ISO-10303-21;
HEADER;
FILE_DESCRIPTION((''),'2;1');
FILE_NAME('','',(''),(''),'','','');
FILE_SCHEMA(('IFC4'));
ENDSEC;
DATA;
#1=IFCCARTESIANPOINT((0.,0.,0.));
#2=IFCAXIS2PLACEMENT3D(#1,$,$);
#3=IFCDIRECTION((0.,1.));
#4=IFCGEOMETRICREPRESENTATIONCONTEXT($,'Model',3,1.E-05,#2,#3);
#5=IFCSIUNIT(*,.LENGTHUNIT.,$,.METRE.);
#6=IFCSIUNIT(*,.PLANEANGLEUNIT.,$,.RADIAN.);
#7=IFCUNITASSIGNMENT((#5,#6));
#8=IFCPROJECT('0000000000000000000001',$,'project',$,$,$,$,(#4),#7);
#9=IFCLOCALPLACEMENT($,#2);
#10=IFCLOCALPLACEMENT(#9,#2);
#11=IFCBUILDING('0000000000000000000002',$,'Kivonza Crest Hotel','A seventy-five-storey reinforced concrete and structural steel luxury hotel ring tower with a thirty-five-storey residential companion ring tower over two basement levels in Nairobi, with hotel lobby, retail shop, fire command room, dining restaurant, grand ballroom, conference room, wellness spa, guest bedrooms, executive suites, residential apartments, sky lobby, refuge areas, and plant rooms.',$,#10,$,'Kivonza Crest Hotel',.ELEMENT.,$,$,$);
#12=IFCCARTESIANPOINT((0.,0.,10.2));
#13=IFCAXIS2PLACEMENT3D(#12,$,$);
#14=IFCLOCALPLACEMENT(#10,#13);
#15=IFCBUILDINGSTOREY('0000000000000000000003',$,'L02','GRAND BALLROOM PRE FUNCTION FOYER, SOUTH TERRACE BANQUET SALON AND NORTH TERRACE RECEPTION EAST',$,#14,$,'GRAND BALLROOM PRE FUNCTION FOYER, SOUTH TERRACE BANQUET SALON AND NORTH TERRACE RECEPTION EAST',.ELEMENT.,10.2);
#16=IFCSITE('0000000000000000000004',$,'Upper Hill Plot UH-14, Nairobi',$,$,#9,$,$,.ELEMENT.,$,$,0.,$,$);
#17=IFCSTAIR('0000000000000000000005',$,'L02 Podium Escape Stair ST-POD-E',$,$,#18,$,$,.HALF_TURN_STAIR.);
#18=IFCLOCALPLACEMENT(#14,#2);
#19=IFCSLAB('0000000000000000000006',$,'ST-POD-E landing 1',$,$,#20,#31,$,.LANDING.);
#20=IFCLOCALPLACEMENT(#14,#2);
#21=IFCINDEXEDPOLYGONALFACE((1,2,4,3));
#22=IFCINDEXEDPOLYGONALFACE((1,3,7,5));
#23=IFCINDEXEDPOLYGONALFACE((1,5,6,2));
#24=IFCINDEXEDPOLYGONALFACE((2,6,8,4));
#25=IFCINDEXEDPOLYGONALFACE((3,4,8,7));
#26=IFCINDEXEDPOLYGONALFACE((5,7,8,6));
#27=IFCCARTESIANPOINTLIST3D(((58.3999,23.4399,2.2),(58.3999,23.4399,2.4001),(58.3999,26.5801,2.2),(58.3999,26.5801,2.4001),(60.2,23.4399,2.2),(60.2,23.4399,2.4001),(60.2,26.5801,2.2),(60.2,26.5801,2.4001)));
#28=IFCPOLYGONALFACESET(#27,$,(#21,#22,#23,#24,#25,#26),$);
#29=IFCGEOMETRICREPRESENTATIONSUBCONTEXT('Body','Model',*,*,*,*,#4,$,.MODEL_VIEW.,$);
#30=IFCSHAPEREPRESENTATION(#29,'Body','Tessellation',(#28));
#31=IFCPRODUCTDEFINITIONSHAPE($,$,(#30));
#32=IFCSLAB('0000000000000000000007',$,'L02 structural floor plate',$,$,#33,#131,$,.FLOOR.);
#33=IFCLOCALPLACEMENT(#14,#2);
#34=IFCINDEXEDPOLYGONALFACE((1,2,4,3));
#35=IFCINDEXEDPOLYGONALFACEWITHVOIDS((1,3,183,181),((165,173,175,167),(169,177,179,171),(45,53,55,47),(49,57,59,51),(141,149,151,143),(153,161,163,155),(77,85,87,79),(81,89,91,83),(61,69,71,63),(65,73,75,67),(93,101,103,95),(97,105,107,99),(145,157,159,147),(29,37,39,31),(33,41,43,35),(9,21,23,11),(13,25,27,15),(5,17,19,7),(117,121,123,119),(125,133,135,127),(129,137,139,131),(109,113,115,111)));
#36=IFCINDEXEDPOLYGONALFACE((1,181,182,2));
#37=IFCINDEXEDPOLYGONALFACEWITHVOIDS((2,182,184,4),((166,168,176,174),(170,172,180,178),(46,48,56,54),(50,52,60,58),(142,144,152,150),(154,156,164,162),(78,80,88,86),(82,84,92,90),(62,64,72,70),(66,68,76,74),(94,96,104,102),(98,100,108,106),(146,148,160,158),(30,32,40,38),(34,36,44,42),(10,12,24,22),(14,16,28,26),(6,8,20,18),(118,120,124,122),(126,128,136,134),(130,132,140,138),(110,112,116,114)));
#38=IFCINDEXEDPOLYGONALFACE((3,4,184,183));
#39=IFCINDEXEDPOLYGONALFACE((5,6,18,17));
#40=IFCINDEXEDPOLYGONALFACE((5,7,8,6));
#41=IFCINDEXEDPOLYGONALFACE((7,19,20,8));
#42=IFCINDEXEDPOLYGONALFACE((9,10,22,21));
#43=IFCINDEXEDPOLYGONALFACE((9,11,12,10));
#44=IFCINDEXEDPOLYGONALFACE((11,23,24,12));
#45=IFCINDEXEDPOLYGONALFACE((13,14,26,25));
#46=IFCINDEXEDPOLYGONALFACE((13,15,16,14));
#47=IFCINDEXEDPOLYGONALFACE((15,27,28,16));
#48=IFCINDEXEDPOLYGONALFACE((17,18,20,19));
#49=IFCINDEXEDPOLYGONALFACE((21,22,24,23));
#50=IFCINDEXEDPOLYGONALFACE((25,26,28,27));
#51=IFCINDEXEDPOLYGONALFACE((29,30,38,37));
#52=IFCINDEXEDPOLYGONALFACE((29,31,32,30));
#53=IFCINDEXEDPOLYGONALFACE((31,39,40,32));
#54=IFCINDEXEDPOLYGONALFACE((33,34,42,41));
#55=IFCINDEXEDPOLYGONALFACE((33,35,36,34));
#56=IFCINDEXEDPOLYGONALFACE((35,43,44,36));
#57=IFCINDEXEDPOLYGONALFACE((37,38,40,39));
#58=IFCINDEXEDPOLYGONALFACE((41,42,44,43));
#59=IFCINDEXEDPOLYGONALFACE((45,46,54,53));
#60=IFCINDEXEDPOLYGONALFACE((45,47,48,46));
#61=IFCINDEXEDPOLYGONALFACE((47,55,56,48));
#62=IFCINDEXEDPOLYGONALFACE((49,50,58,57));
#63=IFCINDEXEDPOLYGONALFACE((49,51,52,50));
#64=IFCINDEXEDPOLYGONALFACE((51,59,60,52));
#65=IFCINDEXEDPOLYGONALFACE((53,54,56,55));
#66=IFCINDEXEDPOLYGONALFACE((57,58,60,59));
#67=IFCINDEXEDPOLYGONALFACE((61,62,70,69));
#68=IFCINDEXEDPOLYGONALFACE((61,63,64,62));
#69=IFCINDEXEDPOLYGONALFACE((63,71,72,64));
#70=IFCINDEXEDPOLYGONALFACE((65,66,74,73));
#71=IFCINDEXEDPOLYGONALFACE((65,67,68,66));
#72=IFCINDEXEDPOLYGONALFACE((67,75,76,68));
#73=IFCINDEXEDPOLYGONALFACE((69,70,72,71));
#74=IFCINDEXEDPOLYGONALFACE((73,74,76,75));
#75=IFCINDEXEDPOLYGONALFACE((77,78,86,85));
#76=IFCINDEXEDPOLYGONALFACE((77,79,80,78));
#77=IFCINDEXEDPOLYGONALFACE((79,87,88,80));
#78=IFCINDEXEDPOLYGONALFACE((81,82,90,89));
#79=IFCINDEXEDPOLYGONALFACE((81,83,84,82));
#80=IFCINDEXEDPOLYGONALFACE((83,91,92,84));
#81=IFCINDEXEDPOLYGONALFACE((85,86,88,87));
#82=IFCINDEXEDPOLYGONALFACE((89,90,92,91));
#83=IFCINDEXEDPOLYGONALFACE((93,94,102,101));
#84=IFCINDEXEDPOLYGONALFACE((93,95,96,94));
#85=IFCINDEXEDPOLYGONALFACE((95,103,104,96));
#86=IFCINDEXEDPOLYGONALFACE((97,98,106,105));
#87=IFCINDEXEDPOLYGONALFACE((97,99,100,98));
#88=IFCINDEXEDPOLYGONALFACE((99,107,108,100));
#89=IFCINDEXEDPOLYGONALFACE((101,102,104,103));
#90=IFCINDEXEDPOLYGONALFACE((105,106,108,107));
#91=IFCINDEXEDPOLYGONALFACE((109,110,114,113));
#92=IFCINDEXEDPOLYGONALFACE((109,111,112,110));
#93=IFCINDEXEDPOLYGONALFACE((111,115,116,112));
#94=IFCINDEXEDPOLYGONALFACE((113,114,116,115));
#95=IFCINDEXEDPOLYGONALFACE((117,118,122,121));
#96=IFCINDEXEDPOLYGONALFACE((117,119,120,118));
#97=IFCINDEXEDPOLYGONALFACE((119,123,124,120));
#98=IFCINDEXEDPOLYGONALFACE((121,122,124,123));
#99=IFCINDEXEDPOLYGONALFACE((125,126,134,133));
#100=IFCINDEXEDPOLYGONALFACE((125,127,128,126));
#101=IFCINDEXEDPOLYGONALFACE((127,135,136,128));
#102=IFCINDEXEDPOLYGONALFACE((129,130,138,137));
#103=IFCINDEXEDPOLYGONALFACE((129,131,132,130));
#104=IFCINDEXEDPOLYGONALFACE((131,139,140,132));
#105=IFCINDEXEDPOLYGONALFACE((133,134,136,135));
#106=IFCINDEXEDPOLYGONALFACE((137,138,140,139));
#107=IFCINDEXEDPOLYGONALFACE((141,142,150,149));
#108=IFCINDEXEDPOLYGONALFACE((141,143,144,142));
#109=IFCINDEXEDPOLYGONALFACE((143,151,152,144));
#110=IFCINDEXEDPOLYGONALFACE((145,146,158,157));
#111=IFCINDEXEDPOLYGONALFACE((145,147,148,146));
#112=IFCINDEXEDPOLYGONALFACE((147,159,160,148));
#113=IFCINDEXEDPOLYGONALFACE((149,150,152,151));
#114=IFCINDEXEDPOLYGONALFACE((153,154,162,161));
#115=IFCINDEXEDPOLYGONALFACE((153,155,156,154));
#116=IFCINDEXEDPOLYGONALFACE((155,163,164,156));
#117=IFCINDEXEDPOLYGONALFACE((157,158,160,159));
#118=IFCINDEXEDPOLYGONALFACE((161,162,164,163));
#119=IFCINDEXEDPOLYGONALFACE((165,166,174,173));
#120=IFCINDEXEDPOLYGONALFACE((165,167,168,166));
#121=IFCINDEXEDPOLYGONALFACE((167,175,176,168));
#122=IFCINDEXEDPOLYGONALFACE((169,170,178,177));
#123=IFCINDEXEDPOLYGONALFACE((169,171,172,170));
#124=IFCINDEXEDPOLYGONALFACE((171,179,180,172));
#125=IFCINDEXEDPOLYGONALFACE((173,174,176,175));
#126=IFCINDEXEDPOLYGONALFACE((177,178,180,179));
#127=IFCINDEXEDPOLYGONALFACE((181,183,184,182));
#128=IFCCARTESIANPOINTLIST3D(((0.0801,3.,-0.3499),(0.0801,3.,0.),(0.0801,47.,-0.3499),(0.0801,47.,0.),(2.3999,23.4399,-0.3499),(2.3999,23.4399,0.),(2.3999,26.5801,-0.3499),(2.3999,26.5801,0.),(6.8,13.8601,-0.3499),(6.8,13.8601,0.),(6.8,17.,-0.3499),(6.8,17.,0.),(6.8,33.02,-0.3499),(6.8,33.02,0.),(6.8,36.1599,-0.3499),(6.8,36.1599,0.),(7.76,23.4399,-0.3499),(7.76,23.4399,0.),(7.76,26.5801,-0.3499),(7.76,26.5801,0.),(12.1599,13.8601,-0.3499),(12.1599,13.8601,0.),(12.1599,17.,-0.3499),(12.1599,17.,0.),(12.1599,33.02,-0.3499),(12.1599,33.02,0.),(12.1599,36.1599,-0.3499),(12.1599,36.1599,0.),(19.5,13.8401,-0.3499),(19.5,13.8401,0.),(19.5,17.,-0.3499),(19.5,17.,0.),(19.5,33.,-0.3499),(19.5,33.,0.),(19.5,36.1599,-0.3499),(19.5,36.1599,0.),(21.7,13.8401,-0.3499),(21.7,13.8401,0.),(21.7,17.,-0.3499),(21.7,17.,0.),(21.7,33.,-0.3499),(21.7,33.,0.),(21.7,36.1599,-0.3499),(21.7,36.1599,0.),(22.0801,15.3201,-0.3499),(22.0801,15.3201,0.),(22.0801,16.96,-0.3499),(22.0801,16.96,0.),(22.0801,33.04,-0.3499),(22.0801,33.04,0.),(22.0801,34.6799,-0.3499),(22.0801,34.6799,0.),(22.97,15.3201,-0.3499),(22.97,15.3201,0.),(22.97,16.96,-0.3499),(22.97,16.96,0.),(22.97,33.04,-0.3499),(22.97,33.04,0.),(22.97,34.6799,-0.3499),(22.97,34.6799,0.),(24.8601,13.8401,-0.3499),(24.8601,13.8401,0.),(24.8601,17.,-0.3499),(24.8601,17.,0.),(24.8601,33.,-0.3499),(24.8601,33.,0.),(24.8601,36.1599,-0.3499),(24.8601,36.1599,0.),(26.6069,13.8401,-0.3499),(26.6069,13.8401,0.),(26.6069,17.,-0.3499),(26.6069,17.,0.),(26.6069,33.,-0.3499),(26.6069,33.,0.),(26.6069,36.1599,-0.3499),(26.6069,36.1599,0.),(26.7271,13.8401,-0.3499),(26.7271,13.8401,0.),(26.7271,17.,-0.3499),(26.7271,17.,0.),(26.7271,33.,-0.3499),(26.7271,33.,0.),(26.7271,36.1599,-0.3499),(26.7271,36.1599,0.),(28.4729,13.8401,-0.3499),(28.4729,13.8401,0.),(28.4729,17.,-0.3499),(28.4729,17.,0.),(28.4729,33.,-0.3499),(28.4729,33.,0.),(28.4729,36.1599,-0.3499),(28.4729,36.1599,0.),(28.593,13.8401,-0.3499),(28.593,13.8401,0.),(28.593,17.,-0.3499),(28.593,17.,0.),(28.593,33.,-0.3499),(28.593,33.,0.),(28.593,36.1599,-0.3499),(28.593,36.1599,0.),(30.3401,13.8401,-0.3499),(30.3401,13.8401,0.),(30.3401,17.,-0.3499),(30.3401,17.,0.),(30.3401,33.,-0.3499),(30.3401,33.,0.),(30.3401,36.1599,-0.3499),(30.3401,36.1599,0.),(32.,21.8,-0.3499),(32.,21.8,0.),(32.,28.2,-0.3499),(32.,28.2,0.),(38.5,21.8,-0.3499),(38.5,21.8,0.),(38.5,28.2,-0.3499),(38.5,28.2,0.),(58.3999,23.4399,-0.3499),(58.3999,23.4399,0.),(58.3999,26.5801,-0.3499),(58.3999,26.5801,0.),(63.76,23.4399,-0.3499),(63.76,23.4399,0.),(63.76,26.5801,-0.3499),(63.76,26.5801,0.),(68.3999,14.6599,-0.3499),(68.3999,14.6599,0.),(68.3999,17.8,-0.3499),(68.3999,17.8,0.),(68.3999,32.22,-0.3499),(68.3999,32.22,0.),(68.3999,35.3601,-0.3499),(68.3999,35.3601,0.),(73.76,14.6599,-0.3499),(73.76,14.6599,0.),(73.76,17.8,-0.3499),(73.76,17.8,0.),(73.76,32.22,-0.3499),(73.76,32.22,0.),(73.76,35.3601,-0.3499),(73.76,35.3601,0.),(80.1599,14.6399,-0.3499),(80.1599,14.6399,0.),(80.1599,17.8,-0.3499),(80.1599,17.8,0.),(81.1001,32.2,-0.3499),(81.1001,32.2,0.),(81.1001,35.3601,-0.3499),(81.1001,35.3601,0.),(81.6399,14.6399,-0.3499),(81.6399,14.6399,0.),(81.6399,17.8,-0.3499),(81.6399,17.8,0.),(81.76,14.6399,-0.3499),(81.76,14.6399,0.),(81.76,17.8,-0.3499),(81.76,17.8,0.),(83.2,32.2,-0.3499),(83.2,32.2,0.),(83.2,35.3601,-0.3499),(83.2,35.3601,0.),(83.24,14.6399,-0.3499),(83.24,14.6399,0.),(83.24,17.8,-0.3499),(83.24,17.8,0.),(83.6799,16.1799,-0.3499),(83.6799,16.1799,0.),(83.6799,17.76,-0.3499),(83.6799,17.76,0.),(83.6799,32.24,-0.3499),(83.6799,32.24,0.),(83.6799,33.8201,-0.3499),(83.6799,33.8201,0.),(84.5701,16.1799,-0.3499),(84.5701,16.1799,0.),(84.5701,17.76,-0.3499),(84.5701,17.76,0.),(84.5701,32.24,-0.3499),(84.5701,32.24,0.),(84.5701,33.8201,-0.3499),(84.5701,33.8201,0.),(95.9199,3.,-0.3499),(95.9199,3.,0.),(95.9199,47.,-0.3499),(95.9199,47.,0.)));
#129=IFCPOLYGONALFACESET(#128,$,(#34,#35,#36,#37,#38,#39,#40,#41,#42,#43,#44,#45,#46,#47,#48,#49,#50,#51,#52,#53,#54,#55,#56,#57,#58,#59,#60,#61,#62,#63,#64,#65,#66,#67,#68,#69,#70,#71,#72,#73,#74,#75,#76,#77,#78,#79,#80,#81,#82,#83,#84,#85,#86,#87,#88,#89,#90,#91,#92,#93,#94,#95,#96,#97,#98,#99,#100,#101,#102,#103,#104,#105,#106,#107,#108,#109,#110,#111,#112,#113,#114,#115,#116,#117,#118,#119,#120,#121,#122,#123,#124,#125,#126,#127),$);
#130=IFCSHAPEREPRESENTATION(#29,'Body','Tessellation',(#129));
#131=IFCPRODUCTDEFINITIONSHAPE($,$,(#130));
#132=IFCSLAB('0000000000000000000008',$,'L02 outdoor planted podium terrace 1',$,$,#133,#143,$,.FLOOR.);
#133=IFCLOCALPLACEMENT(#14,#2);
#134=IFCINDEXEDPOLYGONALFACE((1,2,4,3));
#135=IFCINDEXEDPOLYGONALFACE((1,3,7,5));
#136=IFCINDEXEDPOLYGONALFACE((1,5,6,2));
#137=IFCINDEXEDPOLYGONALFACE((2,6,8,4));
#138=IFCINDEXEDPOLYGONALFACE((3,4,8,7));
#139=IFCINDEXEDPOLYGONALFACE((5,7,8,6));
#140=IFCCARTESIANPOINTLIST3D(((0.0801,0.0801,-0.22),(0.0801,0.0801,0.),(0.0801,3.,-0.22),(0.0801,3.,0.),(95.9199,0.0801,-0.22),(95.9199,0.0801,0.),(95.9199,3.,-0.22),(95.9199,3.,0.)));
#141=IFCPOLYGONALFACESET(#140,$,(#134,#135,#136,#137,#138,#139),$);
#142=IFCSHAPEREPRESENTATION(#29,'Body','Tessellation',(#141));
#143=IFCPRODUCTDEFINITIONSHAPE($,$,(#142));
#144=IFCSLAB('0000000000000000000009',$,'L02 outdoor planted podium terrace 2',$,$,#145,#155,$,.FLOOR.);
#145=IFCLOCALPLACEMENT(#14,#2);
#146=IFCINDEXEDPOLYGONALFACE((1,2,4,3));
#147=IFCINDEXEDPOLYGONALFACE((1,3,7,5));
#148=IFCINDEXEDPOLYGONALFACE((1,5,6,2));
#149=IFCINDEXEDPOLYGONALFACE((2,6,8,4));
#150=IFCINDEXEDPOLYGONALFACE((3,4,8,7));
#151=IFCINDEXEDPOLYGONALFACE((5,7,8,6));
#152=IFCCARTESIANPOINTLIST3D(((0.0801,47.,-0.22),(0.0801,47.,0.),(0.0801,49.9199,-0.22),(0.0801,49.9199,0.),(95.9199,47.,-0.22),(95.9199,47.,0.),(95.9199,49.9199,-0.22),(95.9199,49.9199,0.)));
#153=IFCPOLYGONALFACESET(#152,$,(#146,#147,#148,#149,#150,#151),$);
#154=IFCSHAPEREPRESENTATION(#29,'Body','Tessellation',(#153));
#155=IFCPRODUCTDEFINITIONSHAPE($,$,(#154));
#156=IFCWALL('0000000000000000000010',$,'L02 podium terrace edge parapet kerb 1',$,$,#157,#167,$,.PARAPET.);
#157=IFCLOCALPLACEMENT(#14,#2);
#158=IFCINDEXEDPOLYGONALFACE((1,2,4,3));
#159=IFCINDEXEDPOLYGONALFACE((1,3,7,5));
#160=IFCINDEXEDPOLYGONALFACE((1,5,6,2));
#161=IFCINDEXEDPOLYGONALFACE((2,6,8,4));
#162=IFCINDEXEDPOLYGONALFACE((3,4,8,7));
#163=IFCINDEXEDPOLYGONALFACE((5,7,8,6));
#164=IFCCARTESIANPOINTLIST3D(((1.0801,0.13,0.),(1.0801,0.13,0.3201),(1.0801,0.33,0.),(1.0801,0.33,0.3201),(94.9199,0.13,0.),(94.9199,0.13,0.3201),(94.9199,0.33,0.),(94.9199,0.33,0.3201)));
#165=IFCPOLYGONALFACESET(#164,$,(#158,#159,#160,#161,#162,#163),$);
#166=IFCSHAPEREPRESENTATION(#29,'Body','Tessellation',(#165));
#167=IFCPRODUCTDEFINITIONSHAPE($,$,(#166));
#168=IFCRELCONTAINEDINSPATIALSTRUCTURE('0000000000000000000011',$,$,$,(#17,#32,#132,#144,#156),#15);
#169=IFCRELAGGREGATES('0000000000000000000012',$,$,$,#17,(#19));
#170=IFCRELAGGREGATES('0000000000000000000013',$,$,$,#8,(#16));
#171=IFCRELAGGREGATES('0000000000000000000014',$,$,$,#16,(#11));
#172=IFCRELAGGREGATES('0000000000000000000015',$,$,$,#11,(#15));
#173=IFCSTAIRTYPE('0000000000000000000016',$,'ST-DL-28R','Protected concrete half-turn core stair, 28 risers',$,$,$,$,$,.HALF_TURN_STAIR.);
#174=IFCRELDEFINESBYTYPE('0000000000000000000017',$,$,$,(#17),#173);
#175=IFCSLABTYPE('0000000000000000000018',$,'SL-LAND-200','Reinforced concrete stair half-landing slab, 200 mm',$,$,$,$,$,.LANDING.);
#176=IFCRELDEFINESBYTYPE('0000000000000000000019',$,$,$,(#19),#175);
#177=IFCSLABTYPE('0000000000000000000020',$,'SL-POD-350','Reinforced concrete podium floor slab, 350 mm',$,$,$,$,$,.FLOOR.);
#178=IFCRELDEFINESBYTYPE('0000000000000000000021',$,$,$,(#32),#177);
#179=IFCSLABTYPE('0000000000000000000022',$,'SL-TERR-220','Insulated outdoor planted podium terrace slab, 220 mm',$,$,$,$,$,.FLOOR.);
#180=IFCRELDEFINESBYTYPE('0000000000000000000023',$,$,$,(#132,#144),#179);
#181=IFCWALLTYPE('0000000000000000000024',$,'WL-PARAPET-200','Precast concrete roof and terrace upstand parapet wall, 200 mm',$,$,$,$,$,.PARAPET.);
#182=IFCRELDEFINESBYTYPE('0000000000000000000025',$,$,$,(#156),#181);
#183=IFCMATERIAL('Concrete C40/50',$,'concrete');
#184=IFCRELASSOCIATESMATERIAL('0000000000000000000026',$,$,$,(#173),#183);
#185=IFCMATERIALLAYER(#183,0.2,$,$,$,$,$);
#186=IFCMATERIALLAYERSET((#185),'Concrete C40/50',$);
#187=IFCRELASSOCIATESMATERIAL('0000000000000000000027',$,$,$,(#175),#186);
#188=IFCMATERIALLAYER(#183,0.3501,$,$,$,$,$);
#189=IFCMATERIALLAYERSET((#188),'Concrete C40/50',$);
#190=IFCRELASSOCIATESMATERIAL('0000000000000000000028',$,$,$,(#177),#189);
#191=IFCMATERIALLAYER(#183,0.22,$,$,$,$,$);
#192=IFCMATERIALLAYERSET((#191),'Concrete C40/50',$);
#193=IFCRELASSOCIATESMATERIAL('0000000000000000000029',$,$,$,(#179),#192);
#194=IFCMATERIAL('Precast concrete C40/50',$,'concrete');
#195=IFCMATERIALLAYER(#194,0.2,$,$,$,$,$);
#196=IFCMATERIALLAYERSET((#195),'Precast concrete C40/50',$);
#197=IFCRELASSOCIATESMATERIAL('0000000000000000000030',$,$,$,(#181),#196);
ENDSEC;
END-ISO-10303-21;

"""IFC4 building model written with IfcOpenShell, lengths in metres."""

from ifc_helpers import new_model, si_unit, direction, frame, frame_2d, origin, place, context, subcontext, project, spatial, polyline, rectangle, outline, extrude, material, layer, layer_set, type_object, element, aggregate, save


model = new_model("IFC4")

# Units and contexts
model_context = context("Model", 3, precision=1e-05, world=origin(), true_north=direction((0.0, 1.0)))
body_context = subcontext(model_context, "Body", "Model", "MODEL_VIEW")
ifc_project = project(units=[si_unit("LENGTHUNIT", "METRE"), si_unit("PLANEANGLEUNIT", "RADIAN")], contexts=[model_context])

# Site, building, storey
site_placement = place(None, origin())
site = spatial("IfcSite", under=ifc_project, at=site_placement, Name="Upper Hill Plot UH-14, Nairobi", CompositionType="ELEMENT", RefElevation=0.0)
building_placement = place(site_placement, origin())
building = spatial("IfcBuilding", under=site, at=building_placement, Name="Kivonza Crest Hotel", Description="A seventy-five-storey reinforced concrete and structural steel luxury hotel ring tower with a thirty-five-storey residential companion ring tower over two basement levels in Nairobi, with hotel lobby, retail shop, fire command room, dining restaurant, grand ballroom, conference room, wellness spa, guest bedrooms, executive suites, residential apartments, sky lobby, refuge areas, and plant rooms.", LongName="Kivonza Crest Hotel", CompositionType="ELEMENT")
storey_placement = place(building_placement, frame((0.0, 0.0, 10.2)))
storey = spatial("IfcBuildingStorey", under=building, at=storey_placement, Name="L02", Description="GRAND BALLROOM PRE FUNCTION FOYER, SOUTH TERRACE BANQUET SALON AND NORTH TERRACE RECEPTION EAST", LongName="GRAND BALLROOM PRE FUNCTION FOYER, SOUTH TERRACE BANQUET SALON AND NORTH TERRACE RECEPTION EAST", CompositionType="ELEMENT", Elevation=10.2)

# Stair, slab
ifc_material_1 = material(Name="Concrete C40/50", Category="concrete")
stair_type = type_object("IfcStairType", Name="ST-DL-28R", Description="Protected concrete half-turn core stair, 28 risers", PredefinedType="HALF_TURN_STAIR", material=ifc_material_1)
ifc_layer_1 = layer(ifc_material_1, 0.2)
ifc_layer_set_1 = layer_set([ifc_layer_1], Name="Concrete C40/50")
slab_type_1 = type_object("IfcSlabType", Name="SL-LAND-200", Description="Reinforced concrete stair half-landing slab, 200 mm", PredefinedType="LANDING", material=ifc_layer_set_1)
stair_1_placement = place(storey_placement, origin())
stair_1 = element("IfcStair", 1, at=stair_1_placement, inside=storey, type_object=stair_type, Name="L02 Podium Escape Stair ST-POD-E", PredefinedType="HALF_TURN_STAIR")
slab_1_placement = place(storey_placement, frame((0.0, 0.0, 2.2)))
slab_1 = element("IfcSlab", 2, at=slab_1_placement, type_object=slab_type_1, Name="ST-POD-E landing 1", PredefinedType="LANDING", context=body_context, shape_type="SweptSolid", body=[
    extrude(outline(polyline([(60.2, 26.5801), (58.3999, 26.5801), (58.3999, 23.4399), (60.2, 23.4399), (60.2, 26.5801)])), origin(), (0.0, 0.0, 1.0), 0.2002),
])
aggregate(stair_1, [slab_1])

# Slabs
ifc_layer_2 = layer(ifc_material_1, 0.3501)
ifc_layer_set_2 = layer_set([ifc_layer_2], Name="Concrete C40/50")
slab_type_2 = type_object("IfcSlabType", Name="SL-POD-350", Description="Reinforced concrete podium floor slab, 350 mm", PredefinedType="FLOOR", material=ifc_layer_set_2)
slab_2_placement = place(storey_placement, frame((0.0, 0.0, -0.3499)))
element("IfcSlab", 3, at=slab_2_placement, inside=storey, type_object=slab_type_2, Name="L02 structural floor plate", PredefinedType="FLOOR", context=body_context, shape_type="SweptSolid", body=[
    extrude(outline(polyline([(0.0801, 3.0), (95.9199, 3.0), (95.9199, 47.0), (0.0801, 47.0), (0.0801, 3.0)]), holes=[polyline([(6.8, 33.02), (12.1599, 33.02), (12.1599, 36.1599), (6.8, 36.1599), (6.8, 33.02)]), polyline([(6.8, 13.8601), (12.1599, 13.8601), (12.1599, 17.0), (6.8, 17.0), (6.8, 13.8601)]), polyline([(68.3999, 32.22), (73.76, 32.22), (73.76, 35.3601), (68.3999, 35.3601), (68.3999, 32.22)]), polyline([(68.3999, 14.6599), (73.76, 14.6599), (73.76, 17.8), (68.3999, 17.8), (68.3999, 14.6599)]), polyline([(2.3999, 23.4399), (7.76, 23.4399), (7.76, 26.5801), (2.3999, 26.5801), (2.3999, 23.4399)]), polyline([(58.3999, 23.4399), (63.76, 23.4399), (63.76, 26.5801), (58.3999, 26.5801), (58.3999, 23.4399)]), polyline([(22.0801, 33.04), (22.97, 33.04), (22.97, 34.6799), (22.0801, 34.6799), (22.0801, 33.04)]), polyline([(22.0801, 15.3201), (22.97, 15.3201), (22.97, 16.96), (22.0801, 16.96), (22.0801, 15.3201)]), polyline([(83.6799, 32.24), (84.5701, 32.24), (84.5701, 33.8201), (83.6799, 33.8201), (83.6799, 32.24)]), polyline([(83.6799, 16.1799), (84.5701, 16.1799), (84.5701, 17.76), (83.6799, 17.76), (83.6799, 16.1799)]), polyline([(19.5, 33.0), (21.7, 33.0), (21.7, 36.1599), (19.5, 36.1599), (19.5, 33.0)]), polyline([(24.8601, 33.0), (26.6069, 33.0), (26.6069, 36.1599), (24.8601, 36.1599), (24.8601, 33.0)]), polyline([(26.7271, 33.0), (28.4729, 33.0), (28.4729, 36.1599), (26.7271, 36.1599), (26.7271, 33.0)]), polyline([(28.593, 33.0), (30.3401, 33.0), (30.3401, 36.1599), (28.593, 36.1599), (28.593, 33.0)]), polyline([(19.5, 13.8401), (21.7, 13.8401), (21.7, 17.0), (19.5, 17.0), (19.5, 13.8401)]), polyline([(24.8601, 13.8401), (26.6069, 13.8401), (26.6069, 17.0), (24.8601, 17.0), (24.8601, 13.8401)]), polyline([(26.7271, 13.8401), (28.4729, 13.8401), (28.4729, 17.0), (26.7271, 17.0), (26.7271, 13.8401)]), polyline([(28.593, 13.8401), (30.3401, 13.8401), (30.3401, 17.0), (28.593, 17.0), (28.593, 13.8401)]), polyline([(81.1001, 32.2), (83.2, 32.2), (83.2, 35.3601), (81.1001, 35.3601), (81.1001, 32.2)]), polyline([(80.1599, 14.6399), (81.6399, 14.6399), (81.6399, 17.8), (80.1599, 17.8), (80.1599, 14.6399)]), polyline([(81.76, 14.6399), (83.24, 14.6399), (83.24, 17.8), (81.76, 17.8), (81.76, 14.6399)]), polyline([(32.0, 21.8), (38.5, 21.8), (38.5, 28.2), (32.0, 28.2), (32.0, 21.8)])]), origin(), (0.0, 0.0, 1.0), 0.3499),
])
ifc_layer_3 = layer(ifc_material_1, 0.22)
ifc_layer_set_3 = layer_set([ifc_layer_3], Name="Concrete C40/50")
slab_type_3 = type_object("IfcSlabType", Name="SL-TERR-220", Description="Insulated outdoor planted podium terrace slab, 220 mm", PredefinedType="FLOOR", material=ifc_layer_set_3)
slab_3_placement = place(storey_placement, frame((0.0, 0.0, -0.22)))
element("IfcSlab", 4, at=slab_3_placement, inside=storey, type_object=slab_type_3, Name="L02 outdoor planted podium terrace 1", PredefinedType="FLOOR", context=body_context, shape_type="SweptSolid", body=[
    extrude(outline(polyline([(0.0801, 0.0801), (95.9199, 0.0801), (95.9199, 3.0), (0.0801, 3.0), (0.0801, 0.0801)])), origin(), (0.0, 0.0, 1.0), 0.22),
])
slab_4_placement = place(storey_placement, frame((0.0, 0.0, -0.22)))
element("IfcSlab", 5, at=slab_4_placement, inside=storey, type_object=slab_type_3, Name="L02 outdoor planted podium terrace 2", PredefinedType="FLOOR", context=body_context, shape_type="SweptSolid", body=[
    extrude(outline(polyline([(0.0801, 47.0), (95.9199, 47.0), (95.9199, 49.9199), (0.0801, 49.9199), (0.0801, 47.0)])), origin(), (0.0, 0.0, 1.0), 0.22),
])

# Wall
ifc_material_2 = material(Name="Precast concrete C40/50", Category="concrete")
ifc_layer_4 = layer(ifc_material_2, 0.2)
ifc_layer_set_4 = layer_set([ifc_layer_4], Name="Precast concrete C40/50")
wall_type = type_object("IfcWallType", Name="WL-PARAPET-200", Description="Precast concrete roof and terrace upstand parapet wall, 200 mm", PredefinedType="PARAPET", material=ifc_layer_set_4)
wall_placement = place(storey_placement, frame((1.0801, 0.23, 0.0), z_axis=(0.0, 0.0, 1.0), x_axis=(1.0, 0.0, 0.0)))
element("IfcWall", 6, at=wall_placement, inside=storey, type_object=wall_type, Name="L02 podium terrace edge parapet kerb 1", PredefinedType="PARAPET", context=body_context, shape_type="SweptSolid", body=[
    extrude(rectangle(XDim=93.8398, YDim=0.2, at=frame_2d((46.9199, 0.0))), origin(), (0.0, 0.0, 1.0), 0.3201),
])

save(model, "model.ifc")
